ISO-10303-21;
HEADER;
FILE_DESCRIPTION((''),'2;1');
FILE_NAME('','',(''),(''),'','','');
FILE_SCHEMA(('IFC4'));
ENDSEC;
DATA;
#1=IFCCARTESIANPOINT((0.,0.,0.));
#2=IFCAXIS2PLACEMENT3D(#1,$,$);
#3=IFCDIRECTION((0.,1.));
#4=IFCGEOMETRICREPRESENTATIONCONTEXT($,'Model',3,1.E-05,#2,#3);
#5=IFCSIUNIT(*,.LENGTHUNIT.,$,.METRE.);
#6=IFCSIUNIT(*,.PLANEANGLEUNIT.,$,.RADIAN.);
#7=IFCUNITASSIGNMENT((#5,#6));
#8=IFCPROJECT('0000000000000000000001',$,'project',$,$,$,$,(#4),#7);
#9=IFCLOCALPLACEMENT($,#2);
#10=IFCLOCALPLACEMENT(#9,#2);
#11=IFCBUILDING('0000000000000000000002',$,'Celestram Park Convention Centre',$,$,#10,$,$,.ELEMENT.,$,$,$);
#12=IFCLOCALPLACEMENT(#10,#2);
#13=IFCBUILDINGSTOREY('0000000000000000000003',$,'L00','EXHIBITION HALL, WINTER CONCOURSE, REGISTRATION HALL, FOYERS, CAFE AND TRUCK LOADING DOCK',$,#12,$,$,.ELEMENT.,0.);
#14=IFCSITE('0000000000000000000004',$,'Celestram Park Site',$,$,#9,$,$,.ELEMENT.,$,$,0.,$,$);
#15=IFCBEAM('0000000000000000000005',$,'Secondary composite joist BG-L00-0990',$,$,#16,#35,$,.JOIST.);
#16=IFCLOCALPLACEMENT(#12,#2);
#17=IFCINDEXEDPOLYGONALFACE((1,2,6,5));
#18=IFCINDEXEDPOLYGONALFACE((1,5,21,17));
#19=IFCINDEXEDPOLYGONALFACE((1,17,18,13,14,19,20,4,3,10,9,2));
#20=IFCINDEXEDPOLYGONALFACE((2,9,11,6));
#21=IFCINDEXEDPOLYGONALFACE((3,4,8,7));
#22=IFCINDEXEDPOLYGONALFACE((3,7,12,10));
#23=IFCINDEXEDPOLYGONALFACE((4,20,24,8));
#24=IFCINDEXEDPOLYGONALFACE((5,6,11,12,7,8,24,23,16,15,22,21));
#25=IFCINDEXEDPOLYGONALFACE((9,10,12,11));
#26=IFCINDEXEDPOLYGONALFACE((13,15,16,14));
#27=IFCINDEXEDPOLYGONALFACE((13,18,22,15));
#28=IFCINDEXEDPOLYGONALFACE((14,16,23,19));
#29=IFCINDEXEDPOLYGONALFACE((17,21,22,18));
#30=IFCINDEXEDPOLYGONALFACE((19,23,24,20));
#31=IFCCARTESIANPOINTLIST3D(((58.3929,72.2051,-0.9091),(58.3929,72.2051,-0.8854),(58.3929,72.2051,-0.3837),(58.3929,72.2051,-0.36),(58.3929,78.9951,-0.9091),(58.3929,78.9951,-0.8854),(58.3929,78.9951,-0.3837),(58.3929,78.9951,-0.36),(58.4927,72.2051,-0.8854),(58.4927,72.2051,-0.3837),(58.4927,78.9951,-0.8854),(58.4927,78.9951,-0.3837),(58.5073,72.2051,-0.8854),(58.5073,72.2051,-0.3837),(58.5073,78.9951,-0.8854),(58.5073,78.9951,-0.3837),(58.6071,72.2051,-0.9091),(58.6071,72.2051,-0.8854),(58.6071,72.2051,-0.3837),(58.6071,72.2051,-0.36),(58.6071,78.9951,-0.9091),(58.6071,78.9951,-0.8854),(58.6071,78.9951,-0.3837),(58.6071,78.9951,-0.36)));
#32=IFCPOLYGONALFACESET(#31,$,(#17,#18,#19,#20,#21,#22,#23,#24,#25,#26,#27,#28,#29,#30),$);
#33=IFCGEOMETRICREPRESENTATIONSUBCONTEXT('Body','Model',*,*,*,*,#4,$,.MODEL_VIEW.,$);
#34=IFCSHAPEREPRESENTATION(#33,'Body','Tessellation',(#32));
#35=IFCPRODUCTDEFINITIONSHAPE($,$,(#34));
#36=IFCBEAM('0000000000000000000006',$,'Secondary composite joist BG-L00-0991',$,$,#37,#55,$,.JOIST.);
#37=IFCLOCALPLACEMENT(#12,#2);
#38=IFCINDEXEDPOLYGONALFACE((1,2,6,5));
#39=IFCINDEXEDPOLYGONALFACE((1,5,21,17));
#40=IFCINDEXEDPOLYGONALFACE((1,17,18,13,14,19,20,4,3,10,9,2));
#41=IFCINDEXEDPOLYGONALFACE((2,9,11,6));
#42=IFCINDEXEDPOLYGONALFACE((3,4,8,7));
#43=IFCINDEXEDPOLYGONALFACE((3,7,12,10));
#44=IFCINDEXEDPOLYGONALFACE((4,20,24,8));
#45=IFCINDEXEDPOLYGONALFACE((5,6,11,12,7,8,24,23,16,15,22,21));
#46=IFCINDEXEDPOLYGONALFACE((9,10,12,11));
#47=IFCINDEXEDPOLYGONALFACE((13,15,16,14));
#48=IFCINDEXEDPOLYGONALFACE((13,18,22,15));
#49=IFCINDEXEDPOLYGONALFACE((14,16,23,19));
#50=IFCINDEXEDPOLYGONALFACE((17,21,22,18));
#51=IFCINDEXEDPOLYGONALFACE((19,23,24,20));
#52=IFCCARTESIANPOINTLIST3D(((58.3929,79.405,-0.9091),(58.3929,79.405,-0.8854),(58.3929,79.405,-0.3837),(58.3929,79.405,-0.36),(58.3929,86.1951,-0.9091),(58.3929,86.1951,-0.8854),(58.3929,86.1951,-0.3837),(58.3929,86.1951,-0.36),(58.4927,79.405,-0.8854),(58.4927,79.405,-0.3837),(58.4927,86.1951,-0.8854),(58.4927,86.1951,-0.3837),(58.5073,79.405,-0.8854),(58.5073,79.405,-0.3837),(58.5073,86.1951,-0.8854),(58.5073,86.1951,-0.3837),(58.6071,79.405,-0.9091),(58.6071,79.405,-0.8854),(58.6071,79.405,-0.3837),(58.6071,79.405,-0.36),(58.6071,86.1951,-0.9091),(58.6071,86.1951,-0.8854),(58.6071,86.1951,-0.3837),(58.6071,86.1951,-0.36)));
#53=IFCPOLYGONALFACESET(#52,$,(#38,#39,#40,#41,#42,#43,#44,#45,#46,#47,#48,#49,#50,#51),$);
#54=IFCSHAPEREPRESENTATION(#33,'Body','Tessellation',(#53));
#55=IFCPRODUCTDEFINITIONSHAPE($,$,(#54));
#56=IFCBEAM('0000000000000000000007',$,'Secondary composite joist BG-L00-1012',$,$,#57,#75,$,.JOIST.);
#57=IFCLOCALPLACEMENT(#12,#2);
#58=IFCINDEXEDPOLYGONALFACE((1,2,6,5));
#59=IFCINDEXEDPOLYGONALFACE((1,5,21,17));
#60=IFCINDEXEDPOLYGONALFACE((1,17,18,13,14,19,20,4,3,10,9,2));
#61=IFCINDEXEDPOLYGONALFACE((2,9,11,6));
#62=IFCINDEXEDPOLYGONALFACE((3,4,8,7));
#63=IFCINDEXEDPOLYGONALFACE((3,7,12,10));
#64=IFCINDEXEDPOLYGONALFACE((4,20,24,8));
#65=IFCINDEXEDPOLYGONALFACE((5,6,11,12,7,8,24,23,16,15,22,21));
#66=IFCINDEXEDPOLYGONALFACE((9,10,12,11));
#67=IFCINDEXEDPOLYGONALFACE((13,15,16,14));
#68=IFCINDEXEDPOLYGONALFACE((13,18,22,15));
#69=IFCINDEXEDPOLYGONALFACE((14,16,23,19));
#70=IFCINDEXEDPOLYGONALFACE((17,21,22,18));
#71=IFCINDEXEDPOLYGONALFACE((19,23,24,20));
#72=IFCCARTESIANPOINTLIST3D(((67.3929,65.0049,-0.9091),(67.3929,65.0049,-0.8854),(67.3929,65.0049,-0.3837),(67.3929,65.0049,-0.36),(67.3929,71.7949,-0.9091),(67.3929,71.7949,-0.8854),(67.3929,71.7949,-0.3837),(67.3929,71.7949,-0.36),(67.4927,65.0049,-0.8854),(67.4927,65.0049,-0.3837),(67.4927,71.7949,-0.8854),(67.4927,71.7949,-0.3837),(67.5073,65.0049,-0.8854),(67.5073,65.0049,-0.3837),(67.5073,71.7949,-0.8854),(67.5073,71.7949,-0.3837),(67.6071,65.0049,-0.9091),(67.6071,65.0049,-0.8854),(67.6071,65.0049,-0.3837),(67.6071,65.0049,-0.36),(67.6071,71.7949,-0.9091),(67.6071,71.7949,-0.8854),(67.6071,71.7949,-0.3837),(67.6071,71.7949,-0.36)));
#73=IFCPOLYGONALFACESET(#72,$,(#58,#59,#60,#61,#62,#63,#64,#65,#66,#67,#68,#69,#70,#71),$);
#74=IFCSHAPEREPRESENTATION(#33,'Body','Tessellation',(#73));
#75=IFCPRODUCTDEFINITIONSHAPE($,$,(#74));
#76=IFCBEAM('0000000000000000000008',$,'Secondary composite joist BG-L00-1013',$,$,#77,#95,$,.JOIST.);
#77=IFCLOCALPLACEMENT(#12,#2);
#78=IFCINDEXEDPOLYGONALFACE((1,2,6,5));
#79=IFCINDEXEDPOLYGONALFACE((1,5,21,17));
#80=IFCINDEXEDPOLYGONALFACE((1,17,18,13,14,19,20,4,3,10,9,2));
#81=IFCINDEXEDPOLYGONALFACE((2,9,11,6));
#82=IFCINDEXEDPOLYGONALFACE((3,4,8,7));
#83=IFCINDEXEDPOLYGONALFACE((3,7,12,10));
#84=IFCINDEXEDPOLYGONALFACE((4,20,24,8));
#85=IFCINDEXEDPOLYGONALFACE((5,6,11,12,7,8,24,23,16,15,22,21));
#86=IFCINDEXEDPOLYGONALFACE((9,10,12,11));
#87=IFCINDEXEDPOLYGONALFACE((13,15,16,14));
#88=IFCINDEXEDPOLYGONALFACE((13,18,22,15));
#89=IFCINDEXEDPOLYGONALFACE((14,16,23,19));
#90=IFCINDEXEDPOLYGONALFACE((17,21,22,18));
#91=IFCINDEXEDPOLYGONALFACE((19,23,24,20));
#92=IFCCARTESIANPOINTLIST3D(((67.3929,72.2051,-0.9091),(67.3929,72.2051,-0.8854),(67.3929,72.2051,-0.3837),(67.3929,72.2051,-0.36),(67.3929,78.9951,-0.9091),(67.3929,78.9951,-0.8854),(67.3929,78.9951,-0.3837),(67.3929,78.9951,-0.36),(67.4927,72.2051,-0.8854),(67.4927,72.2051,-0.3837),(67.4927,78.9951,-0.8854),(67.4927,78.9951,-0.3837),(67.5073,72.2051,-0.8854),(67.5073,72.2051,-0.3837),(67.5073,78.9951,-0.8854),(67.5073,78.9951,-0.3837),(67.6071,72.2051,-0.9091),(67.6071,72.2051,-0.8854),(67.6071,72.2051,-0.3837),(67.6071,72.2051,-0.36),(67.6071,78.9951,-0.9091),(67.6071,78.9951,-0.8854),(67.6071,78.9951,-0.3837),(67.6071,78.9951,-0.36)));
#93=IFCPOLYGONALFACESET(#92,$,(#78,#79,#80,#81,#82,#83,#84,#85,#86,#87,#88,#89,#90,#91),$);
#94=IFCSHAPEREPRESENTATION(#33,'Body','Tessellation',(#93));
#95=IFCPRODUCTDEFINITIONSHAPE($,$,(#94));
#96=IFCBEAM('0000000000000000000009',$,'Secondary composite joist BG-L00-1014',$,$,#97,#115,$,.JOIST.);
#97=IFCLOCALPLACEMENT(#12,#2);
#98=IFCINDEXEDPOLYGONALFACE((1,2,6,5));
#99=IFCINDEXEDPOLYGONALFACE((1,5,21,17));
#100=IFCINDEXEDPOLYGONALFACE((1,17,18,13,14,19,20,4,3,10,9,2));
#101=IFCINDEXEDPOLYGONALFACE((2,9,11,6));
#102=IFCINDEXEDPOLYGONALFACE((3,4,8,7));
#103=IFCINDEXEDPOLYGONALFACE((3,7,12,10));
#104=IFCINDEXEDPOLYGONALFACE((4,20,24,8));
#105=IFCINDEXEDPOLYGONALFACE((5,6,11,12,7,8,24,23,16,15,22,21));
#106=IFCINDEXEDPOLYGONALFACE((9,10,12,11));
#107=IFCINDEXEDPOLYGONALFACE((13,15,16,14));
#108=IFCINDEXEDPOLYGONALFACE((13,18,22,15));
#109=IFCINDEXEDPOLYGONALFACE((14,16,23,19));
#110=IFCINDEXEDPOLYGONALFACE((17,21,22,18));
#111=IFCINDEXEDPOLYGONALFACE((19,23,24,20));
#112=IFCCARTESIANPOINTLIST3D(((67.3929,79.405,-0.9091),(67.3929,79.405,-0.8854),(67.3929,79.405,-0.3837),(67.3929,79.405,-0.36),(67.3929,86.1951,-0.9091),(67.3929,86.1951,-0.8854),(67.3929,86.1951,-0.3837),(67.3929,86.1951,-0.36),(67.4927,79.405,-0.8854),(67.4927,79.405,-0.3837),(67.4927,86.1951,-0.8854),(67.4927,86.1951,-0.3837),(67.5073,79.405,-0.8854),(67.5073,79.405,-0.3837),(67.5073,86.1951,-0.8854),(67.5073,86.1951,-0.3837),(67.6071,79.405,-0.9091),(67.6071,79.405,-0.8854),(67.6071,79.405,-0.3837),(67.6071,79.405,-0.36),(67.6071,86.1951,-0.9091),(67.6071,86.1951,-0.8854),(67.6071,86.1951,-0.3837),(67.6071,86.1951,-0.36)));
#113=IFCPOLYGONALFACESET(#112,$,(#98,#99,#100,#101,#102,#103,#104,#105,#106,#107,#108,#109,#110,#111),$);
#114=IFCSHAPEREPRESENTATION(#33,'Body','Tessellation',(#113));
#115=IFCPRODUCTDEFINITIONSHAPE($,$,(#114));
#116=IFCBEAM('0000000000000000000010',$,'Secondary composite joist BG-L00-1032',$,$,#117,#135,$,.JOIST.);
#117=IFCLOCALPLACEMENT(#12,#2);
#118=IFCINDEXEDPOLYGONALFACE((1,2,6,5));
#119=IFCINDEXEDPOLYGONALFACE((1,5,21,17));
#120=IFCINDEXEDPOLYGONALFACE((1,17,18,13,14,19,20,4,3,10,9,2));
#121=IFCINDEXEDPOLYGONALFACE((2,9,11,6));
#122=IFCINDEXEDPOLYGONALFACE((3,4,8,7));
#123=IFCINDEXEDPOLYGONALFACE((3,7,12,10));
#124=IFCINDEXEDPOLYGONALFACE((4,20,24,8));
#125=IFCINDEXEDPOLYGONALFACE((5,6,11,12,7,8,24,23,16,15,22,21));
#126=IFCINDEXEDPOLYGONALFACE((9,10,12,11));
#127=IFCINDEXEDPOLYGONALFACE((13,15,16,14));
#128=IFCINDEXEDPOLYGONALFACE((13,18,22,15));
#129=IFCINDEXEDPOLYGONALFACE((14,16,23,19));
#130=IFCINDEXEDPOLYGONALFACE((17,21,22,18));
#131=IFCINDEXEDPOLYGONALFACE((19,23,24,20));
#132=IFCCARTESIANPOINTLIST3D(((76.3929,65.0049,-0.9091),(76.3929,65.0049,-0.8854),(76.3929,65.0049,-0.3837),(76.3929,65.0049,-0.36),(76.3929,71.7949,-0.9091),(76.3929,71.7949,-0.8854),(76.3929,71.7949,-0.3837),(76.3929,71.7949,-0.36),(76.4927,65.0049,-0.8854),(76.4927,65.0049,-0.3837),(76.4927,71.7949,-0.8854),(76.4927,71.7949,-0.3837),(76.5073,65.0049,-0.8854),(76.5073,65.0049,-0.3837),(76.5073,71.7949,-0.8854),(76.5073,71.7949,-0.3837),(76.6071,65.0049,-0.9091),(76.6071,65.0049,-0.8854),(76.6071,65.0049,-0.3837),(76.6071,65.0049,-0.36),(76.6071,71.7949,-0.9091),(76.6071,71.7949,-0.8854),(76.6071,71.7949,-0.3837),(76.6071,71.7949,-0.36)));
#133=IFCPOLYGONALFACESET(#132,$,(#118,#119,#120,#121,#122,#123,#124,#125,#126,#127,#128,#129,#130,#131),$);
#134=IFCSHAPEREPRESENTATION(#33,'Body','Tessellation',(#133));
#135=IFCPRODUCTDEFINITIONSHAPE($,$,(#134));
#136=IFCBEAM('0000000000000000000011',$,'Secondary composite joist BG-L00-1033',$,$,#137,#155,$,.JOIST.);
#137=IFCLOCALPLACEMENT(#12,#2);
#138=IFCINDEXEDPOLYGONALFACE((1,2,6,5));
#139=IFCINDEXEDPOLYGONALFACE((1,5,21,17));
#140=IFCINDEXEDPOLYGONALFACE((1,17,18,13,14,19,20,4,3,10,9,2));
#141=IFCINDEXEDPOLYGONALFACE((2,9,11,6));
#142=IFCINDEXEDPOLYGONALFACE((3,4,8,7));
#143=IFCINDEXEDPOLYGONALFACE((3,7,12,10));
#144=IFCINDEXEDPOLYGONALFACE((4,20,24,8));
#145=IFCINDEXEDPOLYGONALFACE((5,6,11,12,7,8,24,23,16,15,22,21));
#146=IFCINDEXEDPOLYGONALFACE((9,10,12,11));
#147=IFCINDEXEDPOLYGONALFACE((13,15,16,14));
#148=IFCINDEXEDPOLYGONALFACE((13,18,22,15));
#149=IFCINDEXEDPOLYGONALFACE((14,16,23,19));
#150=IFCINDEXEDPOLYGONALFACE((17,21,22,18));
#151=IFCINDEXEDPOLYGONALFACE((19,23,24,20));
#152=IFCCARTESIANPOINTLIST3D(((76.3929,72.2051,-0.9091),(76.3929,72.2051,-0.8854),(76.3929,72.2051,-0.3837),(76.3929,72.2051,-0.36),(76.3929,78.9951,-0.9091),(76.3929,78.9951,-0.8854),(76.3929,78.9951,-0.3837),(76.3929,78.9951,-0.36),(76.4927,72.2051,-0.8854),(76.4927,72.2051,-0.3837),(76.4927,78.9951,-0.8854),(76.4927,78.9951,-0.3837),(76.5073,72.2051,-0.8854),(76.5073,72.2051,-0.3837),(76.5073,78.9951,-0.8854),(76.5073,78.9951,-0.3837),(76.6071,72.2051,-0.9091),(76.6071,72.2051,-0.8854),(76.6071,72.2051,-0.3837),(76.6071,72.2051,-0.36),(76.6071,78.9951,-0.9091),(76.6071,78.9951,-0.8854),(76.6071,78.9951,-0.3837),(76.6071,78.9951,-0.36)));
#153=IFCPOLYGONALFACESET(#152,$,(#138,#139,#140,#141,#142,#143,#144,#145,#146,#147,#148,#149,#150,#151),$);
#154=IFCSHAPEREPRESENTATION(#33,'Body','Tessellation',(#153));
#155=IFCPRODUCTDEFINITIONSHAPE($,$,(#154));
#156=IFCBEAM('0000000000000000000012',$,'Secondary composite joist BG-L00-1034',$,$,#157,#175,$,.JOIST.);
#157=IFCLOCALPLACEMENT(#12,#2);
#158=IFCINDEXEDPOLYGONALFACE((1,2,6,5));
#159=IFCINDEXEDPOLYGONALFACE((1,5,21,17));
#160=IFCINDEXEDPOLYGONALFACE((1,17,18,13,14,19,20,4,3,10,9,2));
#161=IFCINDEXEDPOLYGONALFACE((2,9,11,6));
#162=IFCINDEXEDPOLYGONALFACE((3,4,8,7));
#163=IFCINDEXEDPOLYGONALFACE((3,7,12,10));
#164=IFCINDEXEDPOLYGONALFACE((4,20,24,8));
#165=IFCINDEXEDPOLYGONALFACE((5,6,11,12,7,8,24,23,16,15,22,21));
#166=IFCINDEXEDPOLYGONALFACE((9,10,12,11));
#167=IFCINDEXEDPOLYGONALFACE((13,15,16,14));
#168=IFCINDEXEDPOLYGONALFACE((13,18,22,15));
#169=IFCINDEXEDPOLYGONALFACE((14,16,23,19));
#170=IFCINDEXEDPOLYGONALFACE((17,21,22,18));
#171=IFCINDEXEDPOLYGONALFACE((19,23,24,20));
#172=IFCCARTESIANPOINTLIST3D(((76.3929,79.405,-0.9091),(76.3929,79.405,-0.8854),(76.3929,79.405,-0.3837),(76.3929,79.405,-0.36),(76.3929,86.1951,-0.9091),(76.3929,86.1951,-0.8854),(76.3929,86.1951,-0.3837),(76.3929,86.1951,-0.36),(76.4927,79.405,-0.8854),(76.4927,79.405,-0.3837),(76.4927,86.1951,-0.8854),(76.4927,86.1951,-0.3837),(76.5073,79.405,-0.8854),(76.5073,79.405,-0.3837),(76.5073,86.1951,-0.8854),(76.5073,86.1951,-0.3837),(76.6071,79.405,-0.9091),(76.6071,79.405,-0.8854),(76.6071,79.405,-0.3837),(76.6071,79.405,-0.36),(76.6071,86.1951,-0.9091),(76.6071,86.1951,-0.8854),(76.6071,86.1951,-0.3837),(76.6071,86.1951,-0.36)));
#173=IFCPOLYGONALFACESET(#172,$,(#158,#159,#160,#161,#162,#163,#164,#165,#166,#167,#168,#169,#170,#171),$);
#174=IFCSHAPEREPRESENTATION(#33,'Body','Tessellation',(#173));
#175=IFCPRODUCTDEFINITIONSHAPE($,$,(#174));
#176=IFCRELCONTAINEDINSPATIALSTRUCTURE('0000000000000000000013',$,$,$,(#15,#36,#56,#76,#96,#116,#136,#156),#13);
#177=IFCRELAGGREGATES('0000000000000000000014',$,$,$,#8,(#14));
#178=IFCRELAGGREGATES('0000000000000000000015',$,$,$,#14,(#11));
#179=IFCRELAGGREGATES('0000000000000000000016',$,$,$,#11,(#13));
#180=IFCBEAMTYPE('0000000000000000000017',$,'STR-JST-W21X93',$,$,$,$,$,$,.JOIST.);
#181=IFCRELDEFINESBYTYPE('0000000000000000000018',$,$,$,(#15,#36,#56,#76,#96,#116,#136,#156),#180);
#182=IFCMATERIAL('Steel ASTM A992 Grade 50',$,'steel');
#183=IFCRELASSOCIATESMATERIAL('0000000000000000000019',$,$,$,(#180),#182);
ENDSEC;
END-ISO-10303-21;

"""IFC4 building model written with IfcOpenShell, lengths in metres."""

from ifc_helpers import new_model, si_unit, direction, frame, origin, origin_2d, place, context, subcontext, project, spatial, i_section, extrude, material, material_profile, profile_set, type_object, element, save


model = new_model("IFC4")

# Units and contexts
model_context = context("Model", 3, precision=1e-05, world=origin(), true_north=direction((0.0, 1.0)))
body_context = subcontext(model_context, "Body", "Model", "MODEL_VIEW")
ifc_project = project(units=[si_unit("LENGTHUNIT", "METRE"), si_unit("PLANEANGLEUNIT", "RADIAN")], contexts=[model_context])

# Site, building, storey
site_placement = place(None, origin())
site = spatial("IfcSite", under=ifc_project, at=site_placement, Name="Celestram Park Site", CompositionType="ELEMENT", RefElevation=0.0)
building_placement = place(site_placement, origin())
building = spatial("IfcBuilding", under=site, at=building_placement, Name="Celestram Park Convention Centre", CompositionType="ELEMENT")
storey_placement = place(building_placement, origin())
storey = spatial("IfcBuildingStorey", under=building, at=storey_placement, Name="L00", Description="EXHIBITION HALL, WINTER CONCOURSE, REGISTRATION HALL, FOYERS, CAFE AND TRUCK LOADING DOCK", CompositionType="ELEMENT", Elevation=0.0)

# Beams
ifc_material = material(Name="Steel ASTM A992 Grade 50", Category="steel")
ifc_material_profile_1 = material_profile(ifc_material, i_section(OverallWidth=0.2141, OverallDepth=0.5491, WebThickness=0.0146, FlangeThickness=0.0237, at=origin_2d()), Name="W21X93")
ifc_profile_set_1 = profile_set([ifc_material_profile_1], Name="Steel ASTM A992 Grade 50")
beam_type_1 = type_object("IfcBeamType", Name="STR-JST-W21X93", PredefinedType="JOIST", material=ifc_profile_set_1)
for number, where, z_axis, x_axis, name in (
    (1, (58.5, 72.2051, -0.6345), (0.0, 1.0, 0.0), (-1.0, 0.0, 0.0), "Secondary composite joist BG-L00-0990"),
    (2, (58.5, 79.405, -0.6345), (0.0, 1.0, 0.0), (-1.0, 0.0, 0.0), "Secondary composite joist BG-L00-0991"),
    (3, (67.5, 65.0049, -0.6345), (0.0, 1.0, 0.0), (-1.0, 0.0, 0.0), "Secondary composite joist BG-L00-1012"),
    (4, (67.5, 72.2051, -0.6345), (0.0, 1.0, 0.0), (-1.0, 0.0, 0.0), "Secondary composite joist BG-L00-1013"),
    (5, (67.5, 79.405, -0.6345), (0.0, 1.0, 0.0), (-1.0, 0.0, 0.0), "Secondary composite joist BG-L00-1014"),
    (6, (76.5, 65.0049, -0.6345), (0.0, 1.0, 0.0), (-1.0, 0.0, 0.0), "Secondary composite joist BG-L00-1032"),
    (7, (76.5, 72.2051, -0.6345), (0.0, 1.0, 0.0), (-1.0, 0.0, 0.0), "Secondary composite joist BG-L00-1033"),
    (8, (76.5, 79.405, -0.6345), (0.0, 1.0, 0.0), (-1.0, 0.0, 0.0), "Secondary composite joist BG-L00-1034"),
):
    element("IfcBeam", number, at=place(storey_placement, frame(where, z_axis=z_axis, x_axis=x_axis)), inside=storey, type_object=beam_type_1, Name=name, PredefinedType="JOIST", context=body_context, shape_type="SweptSolid", body=[
        extrude(i_section(OverallWidth=0.2141, OverallDepth=0.5491, WebThickness=0.0146, FlangeThickness=0.0237, at=origin_2d()), origin(), (0.0, 0.0, 1.0), 6.79),
    ])

save(model, "model.ifc")
